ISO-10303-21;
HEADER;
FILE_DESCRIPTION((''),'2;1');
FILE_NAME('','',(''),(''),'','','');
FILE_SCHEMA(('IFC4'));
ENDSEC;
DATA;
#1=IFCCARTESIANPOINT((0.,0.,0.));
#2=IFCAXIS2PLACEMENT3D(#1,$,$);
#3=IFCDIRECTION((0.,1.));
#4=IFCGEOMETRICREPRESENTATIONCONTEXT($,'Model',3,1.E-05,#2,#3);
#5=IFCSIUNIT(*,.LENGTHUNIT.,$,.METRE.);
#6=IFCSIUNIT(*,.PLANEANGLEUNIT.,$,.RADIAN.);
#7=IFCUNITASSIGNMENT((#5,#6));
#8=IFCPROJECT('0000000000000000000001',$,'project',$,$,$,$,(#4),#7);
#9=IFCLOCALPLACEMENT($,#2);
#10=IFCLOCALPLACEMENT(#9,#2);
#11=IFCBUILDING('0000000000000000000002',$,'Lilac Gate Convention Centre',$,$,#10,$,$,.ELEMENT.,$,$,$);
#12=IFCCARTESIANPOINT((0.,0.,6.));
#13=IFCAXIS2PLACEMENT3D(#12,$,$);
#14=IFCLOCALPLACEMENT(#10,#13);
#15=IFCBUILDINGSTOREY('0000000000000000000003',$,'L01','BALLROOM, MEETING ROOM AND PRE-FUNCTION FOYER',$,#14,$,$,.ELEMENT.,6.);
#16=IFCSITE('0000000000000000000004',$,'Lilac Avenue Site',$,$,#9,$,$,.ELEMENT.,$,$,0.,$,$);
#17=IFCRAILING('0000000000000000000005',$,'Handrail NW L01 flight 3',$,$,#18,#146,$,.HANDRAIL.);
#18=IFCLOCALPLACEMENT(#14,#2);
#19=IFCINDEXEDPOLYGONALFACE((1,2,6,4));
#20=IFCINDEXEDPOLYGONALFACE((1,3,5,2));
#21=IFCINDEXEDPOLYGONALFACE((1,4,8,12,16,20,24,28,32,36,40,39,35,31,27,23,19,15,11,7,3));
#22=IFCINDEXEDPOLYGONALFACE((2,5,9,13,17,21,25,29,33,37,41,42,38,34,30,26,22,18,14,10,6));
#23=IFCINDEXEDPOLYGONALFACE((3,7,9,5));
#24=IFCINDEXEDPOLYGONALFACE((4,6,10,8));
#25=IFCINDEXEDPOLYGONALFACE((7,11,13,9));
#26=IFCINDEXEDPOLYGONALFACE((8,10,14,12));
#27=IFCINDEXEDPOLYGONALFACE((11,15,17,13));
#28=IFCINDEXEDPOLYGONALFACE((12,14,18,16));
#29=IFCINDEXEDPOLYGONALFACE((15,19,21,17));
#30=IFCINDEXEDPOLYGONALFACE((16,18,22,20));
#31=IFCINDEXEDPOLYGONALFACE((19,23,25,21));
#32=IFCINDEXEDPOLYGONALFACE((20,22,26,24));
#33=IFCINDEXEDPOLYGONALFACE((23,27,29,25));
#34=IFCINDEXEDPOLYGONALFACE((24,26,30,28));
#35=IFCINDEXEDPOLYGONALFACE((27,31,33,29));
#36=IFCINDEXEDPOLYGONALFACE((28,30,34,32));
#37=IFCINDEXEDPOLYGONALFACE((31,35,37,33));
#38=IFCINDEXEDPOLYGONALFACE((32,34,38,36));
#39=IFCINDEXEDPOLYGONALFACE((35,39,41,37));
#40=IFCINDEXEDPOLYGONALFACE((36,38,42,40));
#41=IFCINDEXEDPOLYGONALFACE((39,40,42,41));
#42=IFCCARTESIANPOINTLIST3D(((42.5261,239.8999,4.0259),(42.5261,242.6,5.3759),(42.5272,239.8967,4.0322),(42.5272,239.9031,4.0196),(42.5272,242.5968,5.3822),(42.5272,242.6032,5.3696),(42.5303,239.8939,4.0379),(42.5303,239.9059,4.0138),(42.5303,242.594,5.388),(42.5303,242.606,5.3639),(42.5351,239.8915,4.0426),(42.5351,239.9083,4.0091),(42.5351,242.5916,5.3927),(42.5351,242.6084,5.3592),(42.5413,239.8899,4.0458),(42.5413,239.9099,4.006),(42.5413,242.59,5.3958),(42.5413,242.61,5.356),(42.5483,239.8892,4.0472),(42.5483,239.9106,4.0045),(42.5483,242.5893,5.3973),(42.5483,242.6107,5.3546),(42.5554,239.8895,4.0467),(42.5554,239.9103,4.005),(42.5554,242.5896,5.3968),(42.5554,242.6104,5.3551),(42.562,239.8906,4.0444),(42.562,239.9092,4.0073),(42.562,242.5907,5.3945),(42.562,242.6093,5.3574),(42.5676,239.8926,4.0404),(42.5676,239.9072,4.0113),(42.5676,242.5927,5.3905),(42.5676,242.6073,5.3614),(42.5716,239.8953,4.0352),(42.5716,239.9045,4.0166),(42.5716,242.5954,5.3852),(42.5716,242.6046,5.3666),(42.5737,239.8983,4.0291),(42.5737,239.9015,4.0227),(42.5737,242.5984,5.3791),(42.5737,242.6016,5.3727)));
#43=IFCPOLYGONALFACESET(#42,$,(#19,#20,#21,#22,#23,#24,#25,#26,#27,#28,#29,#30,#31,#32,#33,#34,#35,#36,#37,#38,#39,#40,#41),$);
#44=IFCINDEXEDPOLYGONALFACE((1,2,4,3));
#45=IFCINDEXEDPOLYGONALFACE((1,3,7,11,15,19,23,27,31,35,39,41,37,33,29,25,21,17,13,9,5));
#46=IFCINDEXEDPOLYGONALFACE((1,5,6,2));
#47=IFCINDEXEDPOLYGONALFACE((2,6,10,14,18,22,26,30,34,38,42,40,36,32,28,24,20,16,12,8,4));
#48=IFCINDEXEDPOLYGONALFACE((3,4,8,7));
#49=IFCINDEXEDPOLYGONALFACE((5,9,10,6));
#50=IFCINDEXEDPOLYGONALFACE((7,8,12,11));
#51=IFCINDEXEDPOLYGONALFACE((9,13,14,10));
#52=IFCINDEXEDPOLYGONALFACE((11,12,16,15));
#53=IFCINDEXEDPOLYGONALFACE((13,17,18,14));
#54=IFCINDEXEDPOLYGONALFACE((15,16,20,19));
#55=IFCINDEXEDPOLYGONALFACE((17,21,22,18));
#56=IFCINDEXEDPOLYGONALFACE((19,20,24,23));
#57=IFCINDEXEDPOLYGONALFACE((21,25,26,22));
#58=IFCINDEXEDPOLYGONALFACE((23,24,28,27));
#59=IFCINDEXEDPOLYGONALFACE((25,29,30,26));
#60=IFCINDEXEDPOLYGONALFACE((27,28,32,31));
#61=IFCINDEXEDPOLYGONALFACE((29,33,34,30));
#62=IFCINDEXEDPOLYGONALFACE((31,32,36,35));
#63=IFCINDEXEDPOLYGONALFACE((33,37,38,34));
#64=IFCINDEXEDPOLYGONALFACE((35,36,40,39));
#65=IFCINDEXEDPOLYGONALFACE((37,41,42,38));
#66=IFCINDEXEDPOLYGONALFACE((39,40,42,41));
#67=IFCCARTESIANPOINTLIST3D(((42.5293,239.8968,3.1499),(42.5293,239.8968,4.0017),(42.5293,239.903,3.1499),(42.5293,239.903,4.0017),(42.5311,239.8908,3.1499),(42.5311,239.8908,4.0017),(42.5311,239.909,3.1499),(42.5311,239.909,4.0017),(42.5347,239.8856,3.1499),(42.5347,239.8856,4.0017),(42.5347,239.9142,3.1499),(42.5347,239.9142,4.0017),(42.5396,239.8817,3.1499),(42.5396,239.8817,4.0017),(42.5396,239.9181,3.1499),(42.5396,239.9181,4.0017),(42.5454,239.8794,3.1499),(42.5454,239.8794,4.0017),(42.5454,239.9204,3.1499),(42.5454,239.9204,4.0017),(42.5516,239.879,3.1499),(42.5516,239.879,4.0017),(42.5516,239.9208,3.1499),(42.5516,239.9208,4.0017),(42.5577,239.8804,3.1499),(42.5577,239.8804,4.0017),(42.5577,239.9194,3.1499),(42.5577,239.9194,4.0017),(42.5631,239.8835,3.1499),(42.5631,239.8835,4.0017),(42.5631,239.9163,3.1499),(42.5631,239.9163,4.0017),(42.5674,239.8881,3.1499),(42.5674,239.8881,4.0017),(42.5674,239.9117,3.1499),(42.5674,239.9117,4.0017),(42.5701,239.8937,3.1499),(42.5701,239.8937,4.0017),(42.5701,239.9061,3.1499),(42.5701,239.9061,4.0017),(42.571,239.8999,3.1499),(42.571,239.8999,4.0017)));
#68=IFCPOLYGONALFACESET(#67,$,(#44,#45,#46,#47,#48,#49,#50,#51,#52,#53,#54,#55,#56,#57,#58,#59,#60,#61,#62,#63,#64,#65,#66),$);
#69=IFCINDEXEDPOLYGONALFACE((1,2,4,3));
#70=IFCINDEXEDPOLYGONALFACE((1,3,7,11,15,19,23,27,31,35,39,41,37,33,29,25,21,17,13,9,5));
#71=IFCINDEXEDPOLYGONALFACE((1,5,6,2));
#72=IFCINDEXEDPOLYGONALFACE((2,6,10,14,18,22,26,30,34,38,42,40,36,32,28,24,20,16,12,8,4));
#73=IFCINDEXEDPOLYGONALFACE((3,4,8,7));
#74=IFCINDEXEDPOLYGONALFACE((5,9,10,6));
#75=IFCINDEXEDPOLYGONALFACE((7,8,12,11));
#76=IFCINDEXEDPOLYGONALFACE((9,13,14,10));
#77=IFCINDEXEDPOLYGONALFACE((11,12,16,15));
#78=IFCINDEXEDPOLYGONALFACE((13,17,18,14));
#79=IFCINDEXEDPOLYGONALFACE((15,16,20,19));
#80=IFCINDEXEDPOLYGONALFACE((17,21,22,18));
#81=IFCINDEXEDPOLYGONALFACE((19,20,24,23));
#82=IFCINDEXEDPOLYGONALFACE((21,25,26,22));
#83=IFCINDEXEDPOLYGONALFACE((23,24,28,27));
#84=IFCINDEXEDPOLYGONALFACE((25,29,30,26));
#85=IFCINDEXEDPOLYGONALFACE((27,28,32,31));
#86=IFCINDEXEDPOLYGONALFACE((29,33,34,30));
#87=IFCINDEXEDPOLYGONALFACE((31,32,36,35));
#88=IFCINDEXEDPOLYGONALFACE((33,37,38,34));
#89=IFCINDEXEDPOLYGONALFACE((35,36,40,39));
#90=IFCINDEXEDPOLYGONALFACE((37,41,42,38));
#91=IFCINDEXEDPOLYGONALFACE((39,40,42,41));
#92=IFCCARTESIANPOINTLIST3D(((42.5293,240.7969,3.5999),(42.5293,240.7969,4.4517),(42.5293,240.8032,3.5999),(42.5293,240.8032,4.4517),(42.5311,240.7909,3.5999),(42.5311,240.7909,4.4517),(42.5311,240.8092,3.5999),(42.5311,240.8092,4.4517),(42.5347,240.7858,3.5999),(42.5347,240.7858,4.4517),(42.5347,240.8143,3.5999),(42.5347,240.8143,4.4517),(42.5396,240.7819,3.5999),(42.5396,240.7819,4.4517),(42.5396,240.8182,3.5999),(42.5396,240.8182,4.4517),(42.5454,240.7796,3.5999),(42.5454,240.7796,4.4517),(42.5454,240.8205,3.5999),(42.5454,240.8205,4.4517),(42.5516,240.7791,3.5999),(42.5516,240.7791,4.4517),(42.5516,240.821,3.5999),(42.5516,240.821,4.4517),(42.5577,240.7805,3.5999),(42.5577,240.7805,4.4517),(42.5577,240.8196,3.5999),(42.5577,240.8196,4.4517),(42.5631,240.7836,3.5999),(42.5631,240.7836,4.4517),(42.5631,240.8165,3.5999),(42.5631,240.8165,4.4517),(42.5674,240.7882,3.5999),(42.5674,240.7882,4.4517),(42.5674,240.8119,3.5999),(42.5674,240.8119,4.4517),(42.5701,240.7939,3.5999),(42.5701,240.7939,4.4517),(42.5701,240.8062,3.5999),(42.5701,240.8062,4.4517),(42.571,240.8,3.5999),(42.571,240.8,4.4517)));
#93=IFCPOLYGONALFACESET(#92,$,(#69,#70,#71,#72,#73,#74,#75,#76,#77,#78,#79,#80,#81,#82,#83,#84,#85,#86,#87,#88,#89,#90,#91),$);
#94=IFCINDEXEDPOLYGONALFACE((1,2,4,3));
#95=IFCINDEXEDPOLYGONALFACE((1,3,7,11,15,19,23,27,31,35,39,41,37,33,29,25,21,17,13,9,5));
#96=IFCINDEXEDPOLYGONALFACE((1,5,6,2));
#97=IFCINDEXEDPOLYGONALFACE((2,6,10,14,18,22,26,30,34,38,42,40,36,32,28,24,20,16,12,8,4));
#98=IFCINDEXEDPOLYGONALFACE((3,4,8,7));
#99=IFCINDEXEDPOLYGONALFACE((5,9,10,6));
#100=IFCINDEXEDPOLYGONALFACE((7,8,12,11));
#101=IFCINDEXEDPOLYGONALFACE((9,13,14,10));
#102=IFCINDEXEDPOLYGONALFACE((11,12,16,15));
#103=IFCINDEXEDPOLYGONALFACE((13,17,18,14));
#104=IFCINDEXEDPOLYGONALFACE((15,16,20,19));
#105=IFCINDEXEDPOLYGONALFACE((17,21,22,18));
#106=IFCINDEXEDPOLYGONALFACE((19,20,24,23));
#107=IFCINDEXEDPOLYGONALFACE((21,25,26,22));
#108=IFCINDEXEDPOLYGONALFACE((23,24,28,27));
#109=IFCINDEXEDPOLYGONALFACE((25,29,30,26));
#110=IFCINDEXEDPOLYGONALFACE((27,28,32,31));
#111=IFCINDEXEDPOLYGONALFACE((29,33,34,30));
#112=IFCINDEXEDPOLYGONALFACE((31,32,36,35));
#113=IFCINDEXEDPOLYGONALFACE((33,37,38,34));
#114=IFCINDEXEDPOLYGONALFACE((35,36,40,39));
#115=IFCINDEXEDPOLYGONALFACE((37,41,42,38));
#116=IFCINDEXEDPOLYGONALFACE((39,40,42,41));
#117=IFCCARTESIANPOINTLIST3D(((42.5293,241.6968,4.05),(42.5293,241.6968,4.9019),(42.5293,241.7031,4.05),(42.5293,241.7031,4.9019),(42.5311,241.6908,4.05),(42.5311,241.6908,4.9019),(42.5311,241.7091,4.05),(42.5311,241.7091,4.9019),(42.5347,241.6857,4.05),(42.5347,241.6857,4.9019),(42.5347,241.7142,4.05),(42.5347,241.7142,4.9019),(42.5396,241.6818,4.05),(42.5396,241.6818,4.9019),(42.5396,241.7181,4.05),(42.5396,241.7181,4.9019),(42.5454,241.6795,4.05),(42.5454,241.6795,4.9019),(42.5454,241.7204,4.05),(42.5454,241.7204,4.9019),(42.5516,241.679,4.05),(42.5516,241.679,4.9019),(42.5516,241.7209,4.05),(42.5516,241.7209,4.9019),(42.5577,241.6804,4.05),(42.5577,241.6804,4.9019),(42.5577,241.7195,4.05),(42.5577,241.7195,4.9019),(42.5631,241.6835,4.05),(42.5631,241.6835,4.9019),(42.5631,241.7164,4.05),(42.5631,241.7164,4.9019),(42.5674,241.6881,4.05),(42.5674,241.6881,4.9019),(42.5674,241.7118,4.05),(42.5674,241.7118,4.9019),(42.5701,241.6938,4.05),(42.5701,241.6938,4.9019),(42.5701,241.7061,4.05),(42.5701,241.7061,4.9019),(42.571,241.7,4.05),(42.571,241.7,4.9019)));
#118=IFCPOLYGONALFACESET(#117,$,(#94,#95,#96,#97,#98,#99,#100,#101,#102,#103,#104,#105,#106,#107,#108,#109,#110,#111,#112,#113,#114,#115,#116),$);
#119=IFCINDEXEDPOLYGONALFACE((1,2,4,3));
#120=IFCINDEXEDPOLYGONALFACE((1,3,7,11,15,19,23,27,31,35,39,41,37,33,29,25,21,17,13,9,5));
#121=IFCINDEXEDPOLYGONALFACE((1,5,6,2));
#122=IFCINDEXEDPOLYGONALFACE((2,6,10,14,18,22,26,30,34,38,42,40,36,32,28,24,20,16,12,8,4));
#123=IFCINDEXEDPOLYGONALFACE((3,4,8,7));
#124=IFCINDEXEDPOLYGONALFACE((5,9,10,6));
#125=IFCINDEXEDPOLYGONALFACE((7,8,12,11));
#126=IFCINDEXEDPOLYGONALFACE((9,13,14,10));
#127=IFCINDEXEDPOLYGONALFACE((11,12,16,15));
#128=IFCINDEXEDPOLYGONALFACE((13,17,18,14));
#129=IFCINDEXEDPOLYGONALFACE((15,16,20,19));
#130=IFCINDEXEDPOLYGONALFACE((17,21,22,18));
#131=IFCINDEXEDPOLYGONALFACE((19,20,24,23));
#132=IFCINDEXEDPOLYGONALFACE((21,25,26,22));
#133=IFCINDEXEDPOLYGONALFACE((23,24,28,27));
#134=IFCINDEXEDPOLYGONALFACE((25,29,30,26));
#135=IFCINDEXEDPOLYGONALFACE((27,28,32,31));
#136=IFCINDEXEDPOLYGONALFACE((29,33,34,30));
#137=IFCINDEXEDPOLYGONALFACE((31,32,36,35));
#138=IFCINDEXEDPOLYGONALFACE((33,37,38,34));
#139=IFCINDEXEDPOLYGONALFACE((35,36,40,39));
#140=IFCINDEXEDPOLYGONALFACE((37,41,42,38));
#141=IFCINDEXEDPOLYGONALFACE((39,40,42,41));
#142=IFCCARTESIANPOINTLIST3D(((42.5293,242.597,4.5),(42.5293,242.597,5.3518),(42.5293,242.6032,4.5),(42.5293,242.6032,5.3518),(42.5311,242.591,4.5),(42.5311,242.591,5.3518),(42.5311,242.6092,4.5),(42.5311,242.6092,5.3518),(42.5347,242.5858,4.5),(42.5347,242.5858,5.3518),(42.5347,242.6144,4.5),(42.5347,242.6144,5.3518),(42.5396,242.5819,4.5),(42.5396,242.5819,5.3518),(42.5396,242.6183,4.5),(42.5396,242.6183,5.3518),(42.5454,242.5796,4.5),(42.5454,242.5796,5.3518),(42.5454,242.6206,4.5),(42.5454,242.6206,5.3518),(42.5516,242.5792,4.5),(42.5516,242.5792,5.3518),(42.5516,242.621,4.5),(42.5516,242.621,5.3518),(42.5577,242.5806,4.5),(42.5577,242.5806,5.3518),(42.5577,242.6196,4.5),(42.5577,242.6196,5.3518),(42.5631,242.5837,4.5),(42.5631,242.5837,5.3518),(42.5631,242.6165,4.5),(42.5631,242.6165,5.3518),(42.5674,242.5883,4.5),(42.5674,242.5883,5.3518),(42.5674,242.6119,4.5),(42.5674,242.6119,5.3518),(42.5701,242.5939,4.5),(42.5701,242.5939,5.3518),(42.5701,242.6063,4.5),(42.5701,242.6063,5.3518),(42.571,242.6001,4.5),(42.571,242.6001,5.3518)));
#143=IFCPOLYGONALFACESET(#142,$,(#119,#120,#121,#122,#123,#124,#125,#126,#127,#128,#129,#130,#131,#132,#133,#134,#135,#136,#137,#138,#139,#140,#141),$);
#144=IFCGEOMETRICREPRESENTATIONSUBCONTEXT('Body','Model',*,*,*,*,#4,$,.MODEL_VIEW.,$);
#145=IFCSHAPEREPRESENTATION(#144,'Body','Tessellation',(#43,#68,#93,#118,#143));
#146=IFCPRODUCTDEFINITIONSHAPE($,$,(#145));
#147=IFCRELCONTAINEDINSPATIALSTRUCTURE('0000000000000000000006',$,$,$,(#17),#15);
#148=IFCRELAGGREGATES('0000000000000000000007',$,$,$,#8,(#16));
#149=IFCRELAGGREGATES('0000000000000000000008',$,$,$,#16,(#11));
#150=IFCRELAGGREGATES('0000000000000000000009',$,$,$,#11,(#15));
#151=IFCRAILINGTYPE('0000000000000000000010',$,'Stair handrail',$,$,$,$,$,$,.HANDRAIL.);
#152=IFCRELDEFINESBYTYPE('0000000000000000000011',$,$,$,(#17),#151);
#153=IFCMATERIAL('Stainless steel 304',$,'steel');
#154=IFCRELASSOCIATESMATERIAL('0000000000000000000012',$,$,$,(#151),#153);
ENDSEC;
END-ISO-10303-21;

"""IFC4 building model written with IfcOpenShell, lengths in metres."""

from ifc_helpers import new_model, si_unit, direction, frame, origin, origin_2d, place, context, subcontext, project, spatial, circle, extrude, material, type_object, element, save


model = new_model("IFC4")

# Units and contexts
model_context = context("Model", 3, precision=1e-05, world=origin(), true_north=direction((0.0, 1.0)))
body_context = subcontext(model_context, "Body", "Model", "MODEL_VIEW")
ifc_project = project(units=[si_unit("LENGTHUNIT", "METRE"), si_unit("PLANEANGLEUNIT", "RADIAN")], contexts=[model_context])

# Site, building, storey
site_placement = place(None, origin())
site = spatial("IfcSite", under=ifc_project, at=site_placement, Name="Lilac Avenue Site", CompositionType="ELEMENT", RefElevation=0.0)
building_placement = place(site_placement, origin())
building = spatial("IfcBuilding", under=site, at=building_placement, Name="Lilac Gate Convention Centre", CompositionType="ELEMENT")
storey_placement = place(building_placement, frame((0.0, 0.0, 6.0)))
storey = spatial("IfcBuildingStorey", under=building, at=storey_placement, Name="L01", Description="BALLROOM, MEETING ROOM AND PRE-FUNCTION FOYER", CompositionType="ELEMENT", Elevation=6.0)

# Railing
ifc_material_1 = material(Name="Stainless steel 304", Category="steel")
railing_type = type_object("IfcRailingType", Name="Stair handrail", PredefinedType="HANDRAIL", material=ifc_material_1)
for number, where, name in (
    (1, (42.55, 239.8999, 3.1499), "Handrail NW L01 flight 3"),
):
    element("IfcRailing", number, at=place(storey_placement, frame(where)), inside=storey, type_object=railing_type, Name=name, PredefinedType="HANDRAIL", context=body_context, shape_type="SweptSolid", body=[
        extrude(circle(Radius=0.0239, at=origin_2d()), frame((0.0, 0.0, 0.876), z_axis=(0.0, 0.894427, 0.447214), x_axis=(-1.0, 0.0, 0.0)), (0.0, 0.0, 1.0), 3.0188),
        extrude(circle(Radius=0.021, at=origin_2d()), origin(), (0.0, 0.0, 1.0), 0.8518),
        extrude(circle(Radius=0.021, at=origin_2d()), frame((0.0, 0.9001, 0.45)), (0.0, 0.0, 1.0), 0.8518),
        extrude(circle(Radius=0.021, at=origin_2d()), frame((0.0, 1.8, 0.9001)), (0.0, 0.0, 1.0), 0.8518),
        extrude(circle(Radius=0.021, at=origin_2d()), frame((0.0, 2.7002, 1.3501)), (0.0, 0.0, 1.0), 0.8518),
    ])

save(model, "model.ifc")
